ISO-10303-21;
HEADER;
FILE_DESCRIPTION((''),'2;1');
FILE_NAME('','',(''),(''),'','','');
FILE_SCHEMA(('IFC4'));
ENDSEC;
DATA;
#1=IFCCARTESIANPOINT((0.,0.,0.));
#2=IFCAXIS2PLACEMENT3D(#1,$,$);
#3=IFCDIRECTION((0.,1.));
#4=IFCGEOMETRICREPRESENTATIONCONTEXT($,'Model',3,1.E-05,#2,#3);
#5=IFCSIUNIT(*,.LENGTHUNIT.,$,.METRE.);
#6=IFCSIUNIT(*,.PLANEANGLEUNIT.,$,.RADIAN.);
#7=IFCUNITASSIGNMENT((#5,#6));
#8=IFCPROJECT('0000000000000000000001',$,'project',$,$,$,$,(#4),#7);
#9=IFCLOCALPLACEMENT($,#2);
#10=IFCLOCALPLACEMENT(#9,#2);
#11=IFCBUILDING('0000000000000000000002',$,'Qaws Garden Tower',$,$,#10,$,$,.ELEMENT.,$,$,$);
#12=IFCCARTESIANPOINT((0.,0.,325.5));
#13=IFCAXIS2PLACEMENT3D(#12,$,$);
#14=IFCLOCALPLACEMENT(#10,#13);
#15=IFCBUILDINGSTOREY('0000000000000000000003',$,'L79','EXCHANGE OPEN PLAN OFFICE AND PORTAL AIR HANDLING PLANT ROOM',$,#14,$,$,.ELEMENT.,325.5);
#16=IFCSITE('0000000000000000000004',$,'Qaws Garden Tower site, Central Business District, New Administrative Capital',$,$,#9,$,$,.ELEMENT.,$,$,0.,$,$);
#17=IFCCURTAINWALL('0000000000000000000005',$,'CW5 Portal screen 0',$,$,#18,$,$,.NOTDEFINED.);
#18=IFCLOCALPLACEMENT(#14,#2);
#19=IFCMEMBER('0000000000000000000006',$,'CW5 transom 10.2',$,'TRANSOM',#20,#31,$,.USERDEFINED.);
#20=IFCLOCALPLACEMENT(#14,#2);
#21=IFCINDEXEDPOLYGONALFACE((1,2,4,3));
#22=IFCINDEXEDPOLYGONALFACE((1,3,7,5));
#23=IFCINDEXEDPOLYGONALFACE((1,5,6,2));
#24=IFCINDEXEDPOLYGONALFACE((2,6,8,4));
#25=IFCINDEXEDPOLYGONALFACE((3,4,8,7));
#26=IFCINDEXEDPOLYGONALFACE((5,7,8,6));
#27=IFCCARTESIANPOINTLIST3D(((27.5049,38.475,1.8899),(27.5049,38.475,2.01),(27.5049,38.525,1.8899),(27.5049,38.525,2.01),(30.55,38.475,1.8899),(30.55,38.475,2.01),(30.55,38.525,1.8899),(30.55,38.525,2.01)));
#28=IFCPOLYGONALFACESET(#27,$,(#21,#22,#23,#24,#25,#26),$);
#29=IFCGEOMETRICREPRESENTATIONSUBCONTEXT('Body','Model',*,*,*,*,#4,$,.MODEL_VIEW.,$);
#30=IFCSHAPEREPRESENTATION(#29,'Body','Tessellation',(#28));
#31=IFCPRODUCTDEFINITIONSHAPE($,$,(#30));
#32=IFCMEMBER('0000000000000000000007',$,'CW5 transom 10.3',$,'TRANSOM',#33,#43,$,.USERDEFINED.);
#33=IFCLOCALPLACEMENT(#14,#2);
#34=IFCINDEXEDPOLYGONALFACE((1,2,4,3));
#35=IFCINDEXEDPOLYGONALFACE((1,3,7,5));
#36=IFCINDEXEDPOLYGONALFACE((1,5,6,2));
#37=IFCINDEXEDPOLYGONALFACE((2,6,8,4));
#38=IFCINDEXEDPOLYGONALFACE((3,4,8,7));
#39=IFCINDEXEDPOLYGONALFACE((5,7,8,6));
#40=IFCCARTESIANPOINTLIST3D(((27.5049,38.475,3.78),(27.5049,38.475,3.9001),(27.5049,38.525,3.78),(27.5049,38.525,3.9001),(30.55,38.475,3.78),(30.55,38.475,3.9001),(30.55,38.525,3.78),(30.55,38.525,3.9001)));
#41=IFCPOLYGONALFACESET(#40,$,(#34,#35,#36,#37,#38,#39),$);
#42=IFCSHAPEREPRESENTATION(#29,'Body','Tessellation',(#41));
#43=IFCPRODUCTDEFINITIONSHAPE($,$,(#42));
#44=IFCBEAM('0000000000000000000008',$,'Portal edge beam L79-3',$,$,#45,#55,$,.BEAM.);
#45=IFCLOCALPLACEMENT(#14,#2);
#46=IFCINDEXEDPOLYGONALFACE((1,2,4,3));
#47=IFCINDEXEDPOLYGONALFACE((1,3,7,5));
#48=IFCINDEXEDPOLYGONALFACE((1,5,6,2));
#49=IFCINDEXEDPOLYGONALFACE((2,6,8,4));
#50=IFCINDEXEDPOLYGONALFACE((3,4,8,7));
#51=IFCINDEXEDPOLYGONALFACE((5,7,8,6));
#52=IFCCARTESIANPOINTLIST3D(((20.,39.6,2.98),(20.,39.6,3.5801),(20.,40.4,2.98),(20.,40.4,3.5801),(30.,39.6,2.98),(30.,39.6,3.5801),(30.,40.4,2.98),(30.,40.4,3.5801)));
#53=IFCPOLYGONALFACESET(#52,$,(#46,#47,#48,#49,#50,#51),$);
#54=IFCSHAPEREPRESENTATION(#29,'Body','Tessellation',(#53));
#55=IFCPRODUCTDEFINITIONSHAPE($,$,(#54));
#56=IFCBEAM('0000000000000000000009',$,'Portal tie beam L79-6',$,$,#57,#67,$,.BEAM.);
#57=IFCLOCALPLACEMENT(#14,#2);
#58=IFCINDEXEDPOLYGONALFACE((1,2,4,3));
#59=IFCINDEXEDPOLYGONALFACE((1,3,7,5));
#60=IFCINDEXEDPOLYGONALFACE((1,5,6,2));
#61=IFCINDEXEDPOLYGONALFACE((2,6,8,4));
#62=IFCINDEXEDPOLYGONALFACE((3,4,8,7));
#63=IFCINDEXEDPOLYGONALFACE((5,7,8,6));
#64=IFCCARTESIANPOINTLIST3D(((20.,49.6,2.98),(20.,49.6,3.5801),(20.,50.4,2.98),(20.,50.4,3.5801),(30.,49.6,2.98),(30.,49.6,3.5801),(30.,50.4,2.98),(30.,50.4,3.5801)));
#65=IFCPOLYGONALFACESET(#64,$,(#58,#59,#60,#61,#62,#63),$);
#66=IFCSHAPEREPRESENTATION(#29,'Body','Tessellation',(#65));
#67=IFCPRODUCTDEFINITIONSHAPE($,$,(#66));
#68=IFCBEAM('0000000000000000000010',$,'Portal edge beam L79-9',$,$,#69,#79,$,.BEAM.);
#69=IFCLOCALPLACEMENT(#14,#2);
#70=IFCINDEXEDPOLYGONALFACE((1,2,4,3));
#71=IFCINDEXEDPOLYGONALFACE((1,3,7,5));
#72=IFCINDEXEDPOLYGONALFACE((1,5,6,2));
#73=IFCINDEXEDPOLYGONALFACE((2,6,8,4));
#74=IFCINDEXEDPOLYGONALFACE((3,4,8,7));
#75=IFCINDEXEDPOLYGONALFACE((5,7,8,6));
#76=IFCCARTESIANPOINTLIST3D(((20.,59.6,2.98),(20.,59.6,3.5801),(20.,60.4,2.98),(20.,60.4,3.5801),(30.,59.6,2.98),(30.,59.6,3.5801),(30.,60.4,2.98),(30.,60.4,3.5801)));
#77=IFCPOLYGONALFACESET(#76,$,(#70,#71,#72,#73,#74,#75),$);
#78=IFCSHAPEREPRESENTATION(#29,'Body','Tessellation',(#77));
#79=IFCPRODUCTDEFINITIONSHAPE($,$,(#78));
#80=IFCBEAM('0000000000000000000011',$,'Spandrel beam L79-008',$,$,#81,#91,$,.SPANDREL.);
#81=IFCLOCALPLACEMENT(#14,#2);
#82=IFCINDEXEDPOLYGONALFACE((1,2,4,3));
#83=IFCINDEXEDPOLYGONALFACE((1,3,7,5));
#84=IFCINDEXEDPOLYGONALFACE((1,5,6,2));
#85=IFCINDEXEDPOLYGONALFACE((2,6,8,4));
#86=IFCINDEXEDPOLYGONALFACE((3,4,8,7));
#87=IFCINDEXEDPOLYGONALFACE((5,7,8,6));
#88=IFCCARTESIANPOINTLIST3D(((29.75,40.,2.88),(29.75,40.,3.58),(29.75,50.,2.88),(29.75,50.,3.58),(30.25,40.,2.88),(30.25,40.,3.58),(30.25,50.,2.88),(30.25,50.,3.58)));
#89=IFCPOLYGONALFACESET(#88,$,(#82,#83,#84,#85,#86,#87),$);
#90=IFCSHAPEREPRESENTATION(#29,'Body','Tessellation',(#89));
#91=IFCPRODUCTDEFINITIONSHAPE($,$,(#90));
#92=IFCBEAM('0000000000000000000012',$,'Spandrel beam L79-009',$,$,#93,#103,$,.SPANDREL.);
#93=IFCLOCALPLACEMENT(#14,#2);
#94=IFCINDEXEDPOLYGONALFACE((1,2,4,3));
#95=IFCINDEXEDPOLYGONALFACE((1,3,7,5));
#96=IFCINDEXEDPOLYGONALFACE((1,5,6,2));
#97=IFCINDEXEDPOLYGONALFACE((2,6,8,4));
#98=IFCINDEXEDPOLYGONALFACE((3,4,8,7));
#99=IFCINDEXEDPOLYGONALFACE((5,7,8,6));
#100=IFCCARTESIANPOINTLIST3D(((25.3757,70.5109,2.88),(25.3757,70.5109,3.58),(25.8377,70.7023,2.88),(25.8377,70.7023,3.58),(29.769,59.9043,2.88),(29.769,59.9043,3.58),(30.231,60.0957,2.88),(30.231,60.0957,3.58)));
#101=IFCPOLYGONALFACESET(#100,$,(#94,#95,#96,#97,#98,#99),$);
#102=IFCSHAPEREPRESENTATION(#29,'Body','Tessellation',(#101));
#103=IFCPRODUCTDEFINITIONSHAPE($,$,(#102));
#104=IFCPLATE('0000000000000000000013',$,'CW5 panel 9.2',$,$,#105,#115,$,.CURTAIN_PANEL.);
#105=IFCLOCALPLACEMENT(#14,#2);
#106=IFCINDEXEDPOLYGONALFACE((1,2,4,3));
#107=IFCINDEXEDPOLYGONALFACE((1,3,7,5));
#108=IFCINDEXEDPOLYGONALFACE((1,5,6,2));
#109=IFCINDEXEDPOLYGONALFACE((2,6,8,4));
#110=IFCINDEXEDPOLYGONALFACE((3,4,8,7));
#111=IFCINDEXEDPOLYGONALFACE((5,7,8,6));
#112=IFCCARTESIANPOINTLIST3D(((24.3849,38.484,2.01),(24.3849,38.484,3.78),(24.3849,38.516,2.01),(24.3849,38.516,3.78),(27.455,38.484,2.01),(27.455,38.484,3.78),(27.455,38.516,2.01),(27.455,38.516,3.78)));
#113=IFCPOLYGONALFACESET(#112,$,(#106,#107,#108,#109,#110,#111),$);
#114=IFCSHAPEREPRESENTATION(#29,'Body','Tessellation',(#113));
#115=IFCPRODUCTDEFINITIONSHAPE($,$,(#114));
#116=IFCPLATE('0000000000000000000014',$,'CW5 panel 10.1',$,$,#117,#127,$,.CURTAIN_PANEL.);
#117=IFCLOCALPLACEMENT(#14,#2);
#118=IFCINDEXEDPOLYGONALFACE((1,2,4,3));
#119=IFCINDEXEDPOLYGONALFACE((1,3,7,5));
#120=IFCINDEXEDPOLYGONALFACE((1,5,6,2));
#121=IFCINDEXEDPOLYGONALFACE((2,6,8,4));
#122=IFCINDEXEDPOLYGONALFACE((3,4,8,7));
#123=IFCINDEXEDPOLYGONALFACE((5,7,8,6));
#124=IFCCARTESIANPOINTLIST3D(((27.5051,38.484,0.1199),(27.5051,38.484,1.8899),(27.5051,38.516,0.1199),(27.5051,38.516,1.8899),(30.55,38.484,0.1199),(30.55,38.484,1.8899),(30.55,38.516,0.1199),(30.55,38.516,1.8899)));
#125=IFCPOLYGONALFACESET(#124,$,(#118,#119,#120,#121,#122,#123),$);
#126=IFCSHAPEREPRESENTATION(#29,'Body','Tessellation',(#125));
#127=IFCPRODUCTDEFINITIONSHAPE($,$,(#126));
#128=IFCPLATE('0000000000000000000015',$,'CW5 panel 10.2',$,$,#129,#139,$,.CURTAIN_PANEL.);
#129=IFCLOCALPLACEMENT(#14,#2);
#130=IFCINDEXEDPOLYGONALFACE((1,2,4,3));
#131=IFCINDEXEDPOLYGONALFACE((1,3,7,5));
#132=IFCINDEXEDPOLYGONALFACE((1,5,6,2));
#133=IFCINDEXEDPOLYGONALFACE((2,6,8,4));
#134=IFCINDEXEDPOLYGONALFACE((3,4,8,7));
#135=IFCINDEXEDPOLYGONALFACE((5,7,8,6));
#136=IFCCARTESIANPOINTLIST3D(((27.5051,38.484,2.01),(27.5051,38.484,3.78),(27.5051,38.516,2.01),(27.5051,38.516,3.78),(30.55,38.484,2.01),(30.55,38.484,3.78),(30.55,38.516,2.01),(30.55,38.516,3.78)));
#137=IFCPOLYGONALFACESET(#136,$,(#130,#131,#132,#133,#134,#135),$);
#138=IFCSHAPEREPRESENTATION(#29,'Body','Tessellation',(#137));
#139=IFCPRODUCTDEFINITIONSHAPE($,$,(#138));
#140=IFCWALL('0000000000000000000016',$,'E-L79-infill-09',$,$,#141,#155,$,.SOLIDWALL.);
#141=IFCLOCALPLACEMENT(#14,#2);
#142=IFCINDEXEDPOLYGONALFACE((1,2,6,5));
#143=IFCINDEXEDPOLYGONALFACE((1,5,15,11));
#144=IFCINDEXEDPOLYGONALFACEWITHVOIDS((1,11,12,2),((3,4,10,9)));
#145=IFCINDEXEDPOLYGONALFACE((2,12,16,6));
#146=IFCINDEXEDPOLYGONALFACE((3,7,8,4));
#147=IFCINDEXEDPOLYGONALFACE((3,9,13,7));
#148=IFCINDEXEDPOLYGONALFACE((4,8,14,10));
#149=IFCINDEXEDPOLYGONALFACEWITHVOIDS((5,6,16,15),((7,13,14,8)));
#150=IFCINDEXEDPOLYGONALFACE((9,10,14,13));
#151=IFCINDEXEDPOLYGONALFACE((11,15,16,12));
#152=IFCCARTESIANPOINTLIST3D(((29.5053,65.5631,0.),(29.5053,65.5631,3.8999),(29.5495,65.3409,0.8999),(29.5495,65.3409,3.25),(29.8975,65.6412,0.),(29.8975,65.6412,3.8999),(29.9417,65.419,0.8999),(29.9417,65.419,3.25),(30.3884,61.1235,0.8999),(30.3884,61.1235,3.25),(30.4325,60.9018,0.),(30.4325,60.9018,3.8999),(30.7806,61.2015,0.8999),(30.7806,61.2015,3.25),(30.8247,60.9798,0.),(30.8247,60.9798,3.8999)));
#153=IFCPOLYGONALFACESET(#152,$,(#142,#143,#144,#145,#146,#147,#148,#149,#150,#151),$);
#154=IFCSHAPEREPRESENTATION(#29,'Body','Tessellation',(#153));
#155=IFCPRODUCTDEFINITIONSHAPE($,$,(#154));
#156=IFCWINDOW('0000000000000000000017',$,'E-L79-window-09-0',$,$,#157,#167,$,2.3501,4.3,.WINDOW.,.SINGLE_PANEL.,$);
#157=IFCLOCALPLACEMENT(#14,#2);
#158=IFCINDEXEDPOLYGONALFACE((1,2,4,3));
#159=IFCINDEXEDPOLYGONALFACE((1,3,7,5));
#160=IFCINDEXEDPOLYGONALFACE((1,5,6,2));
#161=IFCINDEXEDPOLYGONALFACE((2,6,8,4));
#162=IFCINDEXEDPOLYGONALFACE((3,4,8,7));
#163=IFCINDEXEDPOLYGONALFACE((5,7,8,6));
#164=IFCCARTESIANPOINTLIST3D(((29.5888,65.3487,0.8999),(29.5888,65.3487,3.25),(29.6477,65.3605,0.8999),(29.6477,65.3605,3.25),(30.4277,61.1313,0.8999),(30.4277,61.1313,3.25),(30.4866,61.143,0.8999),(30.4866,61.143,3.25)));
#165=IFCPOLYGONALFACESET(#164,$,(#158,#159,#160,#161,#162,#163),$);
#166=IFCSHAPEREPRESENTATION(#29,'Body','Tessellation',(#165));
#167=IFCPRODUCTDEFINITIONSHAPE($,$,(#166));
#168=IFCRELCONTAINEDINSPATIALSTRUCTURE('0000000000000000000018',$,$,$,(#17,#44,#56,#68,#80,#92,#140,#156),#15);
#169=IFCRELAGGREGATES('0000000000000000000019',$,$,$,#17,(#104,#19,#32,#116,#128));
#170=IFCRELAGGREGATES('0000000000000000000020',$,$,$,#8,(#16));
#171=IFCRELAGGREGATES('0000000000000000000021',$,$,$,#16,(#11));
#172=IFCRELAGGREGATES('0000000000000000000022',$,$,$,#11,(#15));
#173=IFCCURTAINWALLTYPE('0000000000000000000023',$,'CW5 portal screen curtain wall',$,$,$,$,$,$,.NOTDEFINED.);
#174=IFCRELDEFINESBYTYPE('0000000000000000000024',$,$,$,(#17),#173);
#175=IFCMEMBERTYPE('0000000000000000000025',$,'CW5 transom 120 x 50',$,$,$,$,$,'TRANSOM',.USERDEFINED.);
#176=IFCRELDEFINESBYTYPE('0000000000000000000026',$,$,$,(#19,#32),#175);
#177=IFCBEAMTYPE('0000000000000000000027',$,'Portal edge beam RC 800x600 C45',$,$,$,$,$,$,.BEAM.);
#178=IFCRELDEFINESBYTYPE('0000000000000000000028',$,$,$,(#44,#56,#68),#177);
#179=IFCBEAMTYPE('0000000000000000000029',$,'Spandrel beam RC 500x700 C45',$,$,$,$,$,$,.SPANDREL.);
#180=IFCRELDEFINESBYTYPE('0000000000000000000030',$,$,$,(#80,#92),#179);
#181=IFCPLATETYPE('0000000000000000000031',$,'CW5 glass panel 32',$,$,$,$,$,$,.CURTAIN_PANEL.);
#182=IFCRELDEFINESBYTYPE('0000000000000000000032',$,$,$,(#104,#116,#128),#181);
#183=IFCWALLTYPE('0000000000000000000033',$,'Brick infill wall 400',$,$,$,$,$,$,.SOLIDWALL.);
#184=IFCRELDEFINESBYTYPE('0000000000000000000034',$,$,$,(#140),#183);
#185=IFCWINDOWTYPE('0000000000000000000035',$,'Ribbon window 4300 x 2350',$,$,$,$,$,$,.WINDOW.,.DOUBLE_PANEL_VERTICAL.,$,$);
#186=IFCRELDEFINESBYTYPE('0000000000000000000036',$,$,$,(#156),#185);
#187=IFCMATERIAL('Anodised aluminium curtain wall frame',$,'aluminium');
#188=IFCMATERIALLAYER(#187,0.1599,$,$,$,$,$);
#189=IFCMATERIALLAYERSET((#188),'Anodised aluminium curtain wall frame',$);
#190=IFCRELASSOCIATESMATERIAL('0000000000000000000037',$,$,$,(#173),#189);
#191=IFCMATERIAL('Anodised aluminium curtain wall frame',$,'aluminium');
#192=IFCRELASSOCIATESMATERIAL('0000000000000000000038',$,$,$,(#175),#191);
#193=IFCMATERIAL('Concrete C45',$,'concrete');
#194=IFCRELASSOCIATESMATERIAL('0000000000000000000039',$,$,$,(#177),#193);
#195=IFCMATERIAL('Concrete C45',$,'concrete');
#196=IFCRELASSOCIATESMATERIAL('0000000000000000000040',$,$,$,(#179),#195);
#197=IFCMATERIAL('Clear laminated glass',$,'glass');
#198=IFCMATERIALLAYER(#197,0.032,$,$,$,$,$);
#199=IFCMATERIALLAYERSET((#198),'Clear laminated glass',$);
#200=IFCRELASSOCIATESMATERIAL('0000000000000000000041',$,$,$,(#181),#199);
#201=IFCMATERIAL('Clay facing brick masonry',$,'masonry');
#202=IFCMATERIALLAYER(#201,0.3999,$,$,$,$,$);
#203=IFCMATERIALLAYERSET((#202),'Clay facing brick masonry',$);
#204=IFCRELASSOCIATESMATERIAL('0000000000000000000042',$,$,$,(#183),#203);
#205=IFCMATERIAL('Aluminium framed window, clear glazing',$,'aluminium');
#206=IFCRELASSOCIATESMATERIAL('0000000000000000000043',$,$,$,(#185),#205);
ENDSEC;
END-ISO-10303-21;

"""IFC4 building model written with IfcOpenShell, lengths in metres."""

from ifc_helpers import new_model, si_unit, direction, frame, frame_2d, origin, origin_2d, place, context, subcontext, project, spatial, rectangle, extrude, material, layer, layer_set, material_profile, profile_set, type_object, element, fill, aggregate, save


model = new_model("IFC4")

# Units and contexts
model_context = context("Model", 3, precision=1e-05, world=origin(), true_north=direction((0.0, 1.0)))
body_context = subcontext(model_context, "Body", "Model", "MODEL_VIEW")
ifc_project = project(units=[si_unit("LENGTHUNIT", "METRE"), si_unit("PLANEANGLEUNIT", "RADIAN")], contexts=[model_context])

# Site, building, storey
site_placement = place(None, origin())
site = spatial("IfcSite", under=ifc_project, at=site_placement, Name="Qaws Garden Tower site, Central Business District, New Administrative Capital", CompositionType="ELEMENT", RefElevation=0.0)
building_placement = place(site_placement, origin())
building = spatial("IfcBuilding", under=site, at=building_placement, Name="Qaws Garden Tower", CompositionType="ELEMENT")
storey_placement = place(building_placement, frame((0.0, 0.0, 325.5)))
storey = spatial("IfcBuildingStorey", under=building, at=storey_placement, Name="L79", Description="EXCHANGE OPEN PLAN OFFICE AND PORTAL AIR HANDLING PLANT ROOM", CompositionType="ELEMENT", Elevation=325.5)

# Curtain wall, members
ifc_material_1 = material(Name="Anodised aluminium curtain wall frame", Category="aluminium")
ifc_layer_1 = layer(ifc_material_1, 0.1599)
ifc_layer_set_1 = layer_set([ifc_layer_1], Name="Anodised aluminium curtain wall frame")
curtain_wall_type = type_object("IfcCurtainWallType", Name="CW5 portal screen curtain wall", PredefinedType="NOTDEFINED", material=ifc_layer_set_1)
curtain_wall_placement = place(storey_placement, origin())
curtain_wall = element("IfcCurtainWall", 1, at=curtain_wall_placement, inside=storey, type_object=curtain_wall_type, Name="CW5 Portal screen 0", PredefinedType="NOTDEFINED")
ifc_material_2 = material(Name="Anodised aluminium curtain wall frame", Category="aluminium")
ifc_material_profile_1 = material_profile(ifc_material_2, rectangle(XDim=0.05, YDim=0.1201, at=origin_2d()), Name="AL 50x120")
ifc_profile_set_1 = profile_set([ifc_material_profile_1], Name="Anodised aluminium curtain wall frame")
member_type_1 = type_object("IfcMemberType", Name="CW5 transom 120 x 50", ElementType="TRANSOM", PredefinedType="USERDEFINED", material=ifc_profile_set_1)
member_1_placement = place(storey_placement, frame((27.5049, 38.5, 1.95), z_axis=(1.0, 0.0, 0.0), x_axis=(0.0, 1.0, 0.0)))
member_1 = element("IfcMember", 2, at=member_1_placement, type_object=member_type_1, Name="CW5 transom 10.2", ObjectType="TRANSOM", PredefinedType="USERDEFINED", context=body_context, shape_type="SweptSolid", body=[
    extrude(rectangle(XDim=0.05, YDim=0.1201, at=origin_2d()), origin(), (0.0, 0.0, 1.0), 3.0452),
])
member_2_placement = place(storey_placement, frame((27.5049, 38.5, 3.8401), z_axis=(1.0, 0.0, 0.0), x_axis=(0.0, 1.0, 0.0)))
member_2 = element("IfcMember", 3, at=member_2_placement, type_object=member_type_1, Name="CW5 transom 10.3", ObjectType="TRANSOM", PredefinedType="USERDEFINED", context=body_context, shape_type="SweptSolid", body=[
    extrude(rectangle(XDim=0.05, YDim=0.1201, at=origin_2d()), origin(), (0.0, 0.0, 1.0), 3.0452),
])

# Beams
ifc_material_3 = material(Name="Concrete C45", Category="concrete")
ifc_material_profile_2 = material_profile(ifc_material_3, rectangle(XDim=0.8, YDim=0.6001, at=origin_2d()), Name="RC 800x600")
ifc_profile_set_2 = profile_set([ifc_material_profile_2], Name="Concrete C45")
beam_type_1 = type_object("IfcBeamType", Name="Portal edge beam RC 800x600 C45", PredefinedType="BEAM", material=ifc_profile_set_2)
for number, where, z_axis, x_axis, name in (
    (4, (20.0, 40.0, 3.28), (1.0, 0.0, 0.0), (0.0, 1.0, 0.0), "Portal edge beam L79-3"),
    (5, (20.0, 50.0, 3.28), (1.0, 0.0, 0.0), (0.0, 1.0, 0.0), "Portal tie beam L79-6"),
    (6, (20.0, 60.0, 3.28), (1.0, 0.0, 0.0), (0.0, 1.0, 0.0), "Portal edge beam L79-9"),
):
    element("IfcBeam", number, at=place(storey_placement, frame(where, z_axis=z_axis, x_axis=x_axis)), inside=storey, type_object=beam_type_1, Name=name, PredefinedType="BEAM", context=body_context, shape_type="SweptSolid", body=[
        extrude(rectangle(XDim=0.8, YDim=0.6001, at=origin_2d()), origin(), (0.0, 0.0, 1.0), 10.0),
    ])
ifc_material_4 = material(Name="Concrete C45", Category="concrete")
ifc_material_profile_3 = material_profile(ifc_material_4, rectangle(XDim=0.5, YDim=0.7, at=origin_2d()), Name="RC 500x700")
ifc_profile_set_3 = profile_set([ifc_material_profile_3], Name="Concrete C45")
beam_type_2 = type_object("IfcBeamType", Name="Spandrel beam RC 500x700 C45", PredefinedType="SPANDREL", material=ifc_profile_set_3)
beam_1_placement = place(storey_placement, frame((30.0, 40.0, 3.23), z_axis=(0.0, 1.0, 0.0), x_axis=(-1.0, 0.0, 0.0)))
element("IfcBeam", 7, at=beam_1_placement, inside=storey, type_object=beam_type_2, Name="Spandrel beam L79-008", PredefinedType="SPANDREL", context=body_context, shape_type="SweptSolid", body=[
    extrude(rectangle(XDim=0.5, YDim=0.7, at=origin_2d()), origin(), (0.0, 0.0, 1.0), 10.0),
])
beam_2_placement = place(storey_placement, frame((30.0, 60.0, 3.23), z_axis=(-0.382674, 0.923883, 0.0), x_axis=(-0.923883, -0.382674, 0.0)))
element("IfcBeam", 8, at=beam_2_placement, inside=storey, type_object=beam_type_2, Name="Spandrel beam L79-009", PredefinedType="SPANDREL", context=body_context, shape_type="SweptSolid", body=[
    extrude(rectangle(XDim=0.5, YDim=0.7, at=origin_2d()), origin(), (0.0, 0.0, 1.0), 11.4805),
])

# Plates
ifc_material_5 = material(Name="Clear laminated glass", Category="glass")
ifc_layer_2 = layer(ifc_material_5, 0.032)
ifc_layer_set_2 = layer_set([ifc_layer_2], Name="Clear laminated glass")
plate_type = type_object("IfcPlateType", Name="CW5 glass panel 32", PredefinedType="CURTAIN_PANEL", material=ifc_layer_set_2)
plate_1_placement = place(storey_placement, frame((25.9199, 38.5, 2.01), z_axis=(0.0, 0.0, 1.0), x_axis=(1.0, 0.0, 0.0)))
plate_1 = element("IfcPlate", 9, at=plate_1_placement, type_object=plate_type, Name="CW5 panel 9.2", PredefinedType="CURTAIN_PANEL", context=body_context, shape_type="SweptSolid", body=[
    extrude(rectangle(XDim=3.0701, YDim=0.032, at=origin_2d()), origin(), (0.0, 0.0, 1.0), 1.77),
])
plate_2_placement = place(storey_placement, frame((29.0276, 38.5, 0.1199), z_axis=(0.0, 0.0, 1.0), x_axis=(1.0, 0.0, 0.0)))
plate_2 = element("IfcPlate", 10, at=plate_2_placement, type_object=plate_type, Name="CW5 panel 10.1", PredefinedType="CURTAIN_PANEL", context=body_context, shape_type="SweptSolid", body=[
    extrude(rectangle(XDim=3.0449, YDim=0.032, at=origin_2d()), origin(), (0.0, 0.0, 1.0), 1.77),
])
plate_3_placement = place(storey_placement, frame((29.0276, 38.5, 2.01), z_axis=(0.0, 0.0, 1.0), x_axis=(1.0, 0.0, 0.0)))
plate_3 = element("IfcPlate", 11, at=plate_3_placement, type_object=plate_type, Name="CW5 panel 10.2", PredefinedType="CURTAIN_PANEL", context=body_context, shape_type="SweptSolid", body=[
    extrude(rectangle(XDim=3.0449, YDim=0.032, at=origin_2d()), origin(), (0.0, 0.0, 1.0), 1.77),
])
aggregate(curtain_wall, [plate_1, member_1, member_2, plate_2, plate_3])

# Wall, opening, window
ifc_material_6 = material(Name="Clay facing brick masonry", Category="masonry")
ifc_layer_3 = layer(ifc_material_6, 0.3999)
ifc_layer_set_3 = layer_set([ifc_layer_3], Name="Clay facing brick masonry")
wall_type_1 = type_object("IfcWallType", Name="Brick infill wall 400", PredefinedType="SOLIDWALL", material=ifc_layer_set_3)
wall_1_placement = place(storey_placement, frame((30.6287, 60.9407, 0.0), z_axis=(0.0, 0.0, 1.0), x_axis=(-0.195099, 0.980784, 0.0)))
wall_1 = element("IfcWall", 12, at=wall_1_placement, inside=storey, type_object=wall_type_1, Name="E-L79-infill-09", PredefinedType="SOLIDWALL", context=body_context, shape_type="SweptSolid", body=[
    extrude(rectangle(XDim=4.7527, YDim=0.3999, at=frame_2d((2.3765, 0.0))), origin(), (0.0, 0.0, 1.0), 3.8999),
])
opening_1_placement = place(wall_1_placement, frame((0.2263, 0.0, 0.8999)))
opening_1 = element("IfcOpeningElement", 13, at=opening_1_placement, cuts=wall_1, PredefinedType="OPENING", context=body_context, shape_type="SweptSolid", body=[
    extrude(rectangle(XDim=4.3, YDim=2.3501, at=frame_2d((2.1499, 1.175))), frame((0.0, 0.21, 0.0), z_axis=(0.0, -1.0, 0.0), x_axis=(1.0, 0.0, 0.0)), (0.0, 0.0, 1.0), 0.4199),
])
ifc_material_7 = material(Name="Aluminium framed window, clear glazing", Category="aluminium")
window_type = type_object("IfcWindowType", Name="Ribbon window 4300 x 2350", PartitioningType="DOUBLE_PANEL_VERTICAL", PredefinedType="WINDOW", material=ifc_material_7)
window_placement = place(opening_1_placement, origin())
window = element("IfcWindow", 14, at=window_placement, inside=storey, type_object=window_type, Name="E-L79-window-09-0", OverallHeight=2.3501, OverallWidth=4.3, PartitioningType="SINGLE_PANEL", PredefinedType="WINDOW", context=body_context, shape_type="SweptSolid", body=[
    extrude(rectangle(XDim=4.3, YDim=2.3501, at=frame_2d((2.1499, 1.175))), frame((0.0, 0.1599, 0.0), z_axis=(0.0, -1.0, 0.0), x_axis=(1.0, 0.0, 0.0)), (0.0, 0.0, 1.0), 0.0601),
])
fill(opening_1, window)

save(model, "model.ifc")
